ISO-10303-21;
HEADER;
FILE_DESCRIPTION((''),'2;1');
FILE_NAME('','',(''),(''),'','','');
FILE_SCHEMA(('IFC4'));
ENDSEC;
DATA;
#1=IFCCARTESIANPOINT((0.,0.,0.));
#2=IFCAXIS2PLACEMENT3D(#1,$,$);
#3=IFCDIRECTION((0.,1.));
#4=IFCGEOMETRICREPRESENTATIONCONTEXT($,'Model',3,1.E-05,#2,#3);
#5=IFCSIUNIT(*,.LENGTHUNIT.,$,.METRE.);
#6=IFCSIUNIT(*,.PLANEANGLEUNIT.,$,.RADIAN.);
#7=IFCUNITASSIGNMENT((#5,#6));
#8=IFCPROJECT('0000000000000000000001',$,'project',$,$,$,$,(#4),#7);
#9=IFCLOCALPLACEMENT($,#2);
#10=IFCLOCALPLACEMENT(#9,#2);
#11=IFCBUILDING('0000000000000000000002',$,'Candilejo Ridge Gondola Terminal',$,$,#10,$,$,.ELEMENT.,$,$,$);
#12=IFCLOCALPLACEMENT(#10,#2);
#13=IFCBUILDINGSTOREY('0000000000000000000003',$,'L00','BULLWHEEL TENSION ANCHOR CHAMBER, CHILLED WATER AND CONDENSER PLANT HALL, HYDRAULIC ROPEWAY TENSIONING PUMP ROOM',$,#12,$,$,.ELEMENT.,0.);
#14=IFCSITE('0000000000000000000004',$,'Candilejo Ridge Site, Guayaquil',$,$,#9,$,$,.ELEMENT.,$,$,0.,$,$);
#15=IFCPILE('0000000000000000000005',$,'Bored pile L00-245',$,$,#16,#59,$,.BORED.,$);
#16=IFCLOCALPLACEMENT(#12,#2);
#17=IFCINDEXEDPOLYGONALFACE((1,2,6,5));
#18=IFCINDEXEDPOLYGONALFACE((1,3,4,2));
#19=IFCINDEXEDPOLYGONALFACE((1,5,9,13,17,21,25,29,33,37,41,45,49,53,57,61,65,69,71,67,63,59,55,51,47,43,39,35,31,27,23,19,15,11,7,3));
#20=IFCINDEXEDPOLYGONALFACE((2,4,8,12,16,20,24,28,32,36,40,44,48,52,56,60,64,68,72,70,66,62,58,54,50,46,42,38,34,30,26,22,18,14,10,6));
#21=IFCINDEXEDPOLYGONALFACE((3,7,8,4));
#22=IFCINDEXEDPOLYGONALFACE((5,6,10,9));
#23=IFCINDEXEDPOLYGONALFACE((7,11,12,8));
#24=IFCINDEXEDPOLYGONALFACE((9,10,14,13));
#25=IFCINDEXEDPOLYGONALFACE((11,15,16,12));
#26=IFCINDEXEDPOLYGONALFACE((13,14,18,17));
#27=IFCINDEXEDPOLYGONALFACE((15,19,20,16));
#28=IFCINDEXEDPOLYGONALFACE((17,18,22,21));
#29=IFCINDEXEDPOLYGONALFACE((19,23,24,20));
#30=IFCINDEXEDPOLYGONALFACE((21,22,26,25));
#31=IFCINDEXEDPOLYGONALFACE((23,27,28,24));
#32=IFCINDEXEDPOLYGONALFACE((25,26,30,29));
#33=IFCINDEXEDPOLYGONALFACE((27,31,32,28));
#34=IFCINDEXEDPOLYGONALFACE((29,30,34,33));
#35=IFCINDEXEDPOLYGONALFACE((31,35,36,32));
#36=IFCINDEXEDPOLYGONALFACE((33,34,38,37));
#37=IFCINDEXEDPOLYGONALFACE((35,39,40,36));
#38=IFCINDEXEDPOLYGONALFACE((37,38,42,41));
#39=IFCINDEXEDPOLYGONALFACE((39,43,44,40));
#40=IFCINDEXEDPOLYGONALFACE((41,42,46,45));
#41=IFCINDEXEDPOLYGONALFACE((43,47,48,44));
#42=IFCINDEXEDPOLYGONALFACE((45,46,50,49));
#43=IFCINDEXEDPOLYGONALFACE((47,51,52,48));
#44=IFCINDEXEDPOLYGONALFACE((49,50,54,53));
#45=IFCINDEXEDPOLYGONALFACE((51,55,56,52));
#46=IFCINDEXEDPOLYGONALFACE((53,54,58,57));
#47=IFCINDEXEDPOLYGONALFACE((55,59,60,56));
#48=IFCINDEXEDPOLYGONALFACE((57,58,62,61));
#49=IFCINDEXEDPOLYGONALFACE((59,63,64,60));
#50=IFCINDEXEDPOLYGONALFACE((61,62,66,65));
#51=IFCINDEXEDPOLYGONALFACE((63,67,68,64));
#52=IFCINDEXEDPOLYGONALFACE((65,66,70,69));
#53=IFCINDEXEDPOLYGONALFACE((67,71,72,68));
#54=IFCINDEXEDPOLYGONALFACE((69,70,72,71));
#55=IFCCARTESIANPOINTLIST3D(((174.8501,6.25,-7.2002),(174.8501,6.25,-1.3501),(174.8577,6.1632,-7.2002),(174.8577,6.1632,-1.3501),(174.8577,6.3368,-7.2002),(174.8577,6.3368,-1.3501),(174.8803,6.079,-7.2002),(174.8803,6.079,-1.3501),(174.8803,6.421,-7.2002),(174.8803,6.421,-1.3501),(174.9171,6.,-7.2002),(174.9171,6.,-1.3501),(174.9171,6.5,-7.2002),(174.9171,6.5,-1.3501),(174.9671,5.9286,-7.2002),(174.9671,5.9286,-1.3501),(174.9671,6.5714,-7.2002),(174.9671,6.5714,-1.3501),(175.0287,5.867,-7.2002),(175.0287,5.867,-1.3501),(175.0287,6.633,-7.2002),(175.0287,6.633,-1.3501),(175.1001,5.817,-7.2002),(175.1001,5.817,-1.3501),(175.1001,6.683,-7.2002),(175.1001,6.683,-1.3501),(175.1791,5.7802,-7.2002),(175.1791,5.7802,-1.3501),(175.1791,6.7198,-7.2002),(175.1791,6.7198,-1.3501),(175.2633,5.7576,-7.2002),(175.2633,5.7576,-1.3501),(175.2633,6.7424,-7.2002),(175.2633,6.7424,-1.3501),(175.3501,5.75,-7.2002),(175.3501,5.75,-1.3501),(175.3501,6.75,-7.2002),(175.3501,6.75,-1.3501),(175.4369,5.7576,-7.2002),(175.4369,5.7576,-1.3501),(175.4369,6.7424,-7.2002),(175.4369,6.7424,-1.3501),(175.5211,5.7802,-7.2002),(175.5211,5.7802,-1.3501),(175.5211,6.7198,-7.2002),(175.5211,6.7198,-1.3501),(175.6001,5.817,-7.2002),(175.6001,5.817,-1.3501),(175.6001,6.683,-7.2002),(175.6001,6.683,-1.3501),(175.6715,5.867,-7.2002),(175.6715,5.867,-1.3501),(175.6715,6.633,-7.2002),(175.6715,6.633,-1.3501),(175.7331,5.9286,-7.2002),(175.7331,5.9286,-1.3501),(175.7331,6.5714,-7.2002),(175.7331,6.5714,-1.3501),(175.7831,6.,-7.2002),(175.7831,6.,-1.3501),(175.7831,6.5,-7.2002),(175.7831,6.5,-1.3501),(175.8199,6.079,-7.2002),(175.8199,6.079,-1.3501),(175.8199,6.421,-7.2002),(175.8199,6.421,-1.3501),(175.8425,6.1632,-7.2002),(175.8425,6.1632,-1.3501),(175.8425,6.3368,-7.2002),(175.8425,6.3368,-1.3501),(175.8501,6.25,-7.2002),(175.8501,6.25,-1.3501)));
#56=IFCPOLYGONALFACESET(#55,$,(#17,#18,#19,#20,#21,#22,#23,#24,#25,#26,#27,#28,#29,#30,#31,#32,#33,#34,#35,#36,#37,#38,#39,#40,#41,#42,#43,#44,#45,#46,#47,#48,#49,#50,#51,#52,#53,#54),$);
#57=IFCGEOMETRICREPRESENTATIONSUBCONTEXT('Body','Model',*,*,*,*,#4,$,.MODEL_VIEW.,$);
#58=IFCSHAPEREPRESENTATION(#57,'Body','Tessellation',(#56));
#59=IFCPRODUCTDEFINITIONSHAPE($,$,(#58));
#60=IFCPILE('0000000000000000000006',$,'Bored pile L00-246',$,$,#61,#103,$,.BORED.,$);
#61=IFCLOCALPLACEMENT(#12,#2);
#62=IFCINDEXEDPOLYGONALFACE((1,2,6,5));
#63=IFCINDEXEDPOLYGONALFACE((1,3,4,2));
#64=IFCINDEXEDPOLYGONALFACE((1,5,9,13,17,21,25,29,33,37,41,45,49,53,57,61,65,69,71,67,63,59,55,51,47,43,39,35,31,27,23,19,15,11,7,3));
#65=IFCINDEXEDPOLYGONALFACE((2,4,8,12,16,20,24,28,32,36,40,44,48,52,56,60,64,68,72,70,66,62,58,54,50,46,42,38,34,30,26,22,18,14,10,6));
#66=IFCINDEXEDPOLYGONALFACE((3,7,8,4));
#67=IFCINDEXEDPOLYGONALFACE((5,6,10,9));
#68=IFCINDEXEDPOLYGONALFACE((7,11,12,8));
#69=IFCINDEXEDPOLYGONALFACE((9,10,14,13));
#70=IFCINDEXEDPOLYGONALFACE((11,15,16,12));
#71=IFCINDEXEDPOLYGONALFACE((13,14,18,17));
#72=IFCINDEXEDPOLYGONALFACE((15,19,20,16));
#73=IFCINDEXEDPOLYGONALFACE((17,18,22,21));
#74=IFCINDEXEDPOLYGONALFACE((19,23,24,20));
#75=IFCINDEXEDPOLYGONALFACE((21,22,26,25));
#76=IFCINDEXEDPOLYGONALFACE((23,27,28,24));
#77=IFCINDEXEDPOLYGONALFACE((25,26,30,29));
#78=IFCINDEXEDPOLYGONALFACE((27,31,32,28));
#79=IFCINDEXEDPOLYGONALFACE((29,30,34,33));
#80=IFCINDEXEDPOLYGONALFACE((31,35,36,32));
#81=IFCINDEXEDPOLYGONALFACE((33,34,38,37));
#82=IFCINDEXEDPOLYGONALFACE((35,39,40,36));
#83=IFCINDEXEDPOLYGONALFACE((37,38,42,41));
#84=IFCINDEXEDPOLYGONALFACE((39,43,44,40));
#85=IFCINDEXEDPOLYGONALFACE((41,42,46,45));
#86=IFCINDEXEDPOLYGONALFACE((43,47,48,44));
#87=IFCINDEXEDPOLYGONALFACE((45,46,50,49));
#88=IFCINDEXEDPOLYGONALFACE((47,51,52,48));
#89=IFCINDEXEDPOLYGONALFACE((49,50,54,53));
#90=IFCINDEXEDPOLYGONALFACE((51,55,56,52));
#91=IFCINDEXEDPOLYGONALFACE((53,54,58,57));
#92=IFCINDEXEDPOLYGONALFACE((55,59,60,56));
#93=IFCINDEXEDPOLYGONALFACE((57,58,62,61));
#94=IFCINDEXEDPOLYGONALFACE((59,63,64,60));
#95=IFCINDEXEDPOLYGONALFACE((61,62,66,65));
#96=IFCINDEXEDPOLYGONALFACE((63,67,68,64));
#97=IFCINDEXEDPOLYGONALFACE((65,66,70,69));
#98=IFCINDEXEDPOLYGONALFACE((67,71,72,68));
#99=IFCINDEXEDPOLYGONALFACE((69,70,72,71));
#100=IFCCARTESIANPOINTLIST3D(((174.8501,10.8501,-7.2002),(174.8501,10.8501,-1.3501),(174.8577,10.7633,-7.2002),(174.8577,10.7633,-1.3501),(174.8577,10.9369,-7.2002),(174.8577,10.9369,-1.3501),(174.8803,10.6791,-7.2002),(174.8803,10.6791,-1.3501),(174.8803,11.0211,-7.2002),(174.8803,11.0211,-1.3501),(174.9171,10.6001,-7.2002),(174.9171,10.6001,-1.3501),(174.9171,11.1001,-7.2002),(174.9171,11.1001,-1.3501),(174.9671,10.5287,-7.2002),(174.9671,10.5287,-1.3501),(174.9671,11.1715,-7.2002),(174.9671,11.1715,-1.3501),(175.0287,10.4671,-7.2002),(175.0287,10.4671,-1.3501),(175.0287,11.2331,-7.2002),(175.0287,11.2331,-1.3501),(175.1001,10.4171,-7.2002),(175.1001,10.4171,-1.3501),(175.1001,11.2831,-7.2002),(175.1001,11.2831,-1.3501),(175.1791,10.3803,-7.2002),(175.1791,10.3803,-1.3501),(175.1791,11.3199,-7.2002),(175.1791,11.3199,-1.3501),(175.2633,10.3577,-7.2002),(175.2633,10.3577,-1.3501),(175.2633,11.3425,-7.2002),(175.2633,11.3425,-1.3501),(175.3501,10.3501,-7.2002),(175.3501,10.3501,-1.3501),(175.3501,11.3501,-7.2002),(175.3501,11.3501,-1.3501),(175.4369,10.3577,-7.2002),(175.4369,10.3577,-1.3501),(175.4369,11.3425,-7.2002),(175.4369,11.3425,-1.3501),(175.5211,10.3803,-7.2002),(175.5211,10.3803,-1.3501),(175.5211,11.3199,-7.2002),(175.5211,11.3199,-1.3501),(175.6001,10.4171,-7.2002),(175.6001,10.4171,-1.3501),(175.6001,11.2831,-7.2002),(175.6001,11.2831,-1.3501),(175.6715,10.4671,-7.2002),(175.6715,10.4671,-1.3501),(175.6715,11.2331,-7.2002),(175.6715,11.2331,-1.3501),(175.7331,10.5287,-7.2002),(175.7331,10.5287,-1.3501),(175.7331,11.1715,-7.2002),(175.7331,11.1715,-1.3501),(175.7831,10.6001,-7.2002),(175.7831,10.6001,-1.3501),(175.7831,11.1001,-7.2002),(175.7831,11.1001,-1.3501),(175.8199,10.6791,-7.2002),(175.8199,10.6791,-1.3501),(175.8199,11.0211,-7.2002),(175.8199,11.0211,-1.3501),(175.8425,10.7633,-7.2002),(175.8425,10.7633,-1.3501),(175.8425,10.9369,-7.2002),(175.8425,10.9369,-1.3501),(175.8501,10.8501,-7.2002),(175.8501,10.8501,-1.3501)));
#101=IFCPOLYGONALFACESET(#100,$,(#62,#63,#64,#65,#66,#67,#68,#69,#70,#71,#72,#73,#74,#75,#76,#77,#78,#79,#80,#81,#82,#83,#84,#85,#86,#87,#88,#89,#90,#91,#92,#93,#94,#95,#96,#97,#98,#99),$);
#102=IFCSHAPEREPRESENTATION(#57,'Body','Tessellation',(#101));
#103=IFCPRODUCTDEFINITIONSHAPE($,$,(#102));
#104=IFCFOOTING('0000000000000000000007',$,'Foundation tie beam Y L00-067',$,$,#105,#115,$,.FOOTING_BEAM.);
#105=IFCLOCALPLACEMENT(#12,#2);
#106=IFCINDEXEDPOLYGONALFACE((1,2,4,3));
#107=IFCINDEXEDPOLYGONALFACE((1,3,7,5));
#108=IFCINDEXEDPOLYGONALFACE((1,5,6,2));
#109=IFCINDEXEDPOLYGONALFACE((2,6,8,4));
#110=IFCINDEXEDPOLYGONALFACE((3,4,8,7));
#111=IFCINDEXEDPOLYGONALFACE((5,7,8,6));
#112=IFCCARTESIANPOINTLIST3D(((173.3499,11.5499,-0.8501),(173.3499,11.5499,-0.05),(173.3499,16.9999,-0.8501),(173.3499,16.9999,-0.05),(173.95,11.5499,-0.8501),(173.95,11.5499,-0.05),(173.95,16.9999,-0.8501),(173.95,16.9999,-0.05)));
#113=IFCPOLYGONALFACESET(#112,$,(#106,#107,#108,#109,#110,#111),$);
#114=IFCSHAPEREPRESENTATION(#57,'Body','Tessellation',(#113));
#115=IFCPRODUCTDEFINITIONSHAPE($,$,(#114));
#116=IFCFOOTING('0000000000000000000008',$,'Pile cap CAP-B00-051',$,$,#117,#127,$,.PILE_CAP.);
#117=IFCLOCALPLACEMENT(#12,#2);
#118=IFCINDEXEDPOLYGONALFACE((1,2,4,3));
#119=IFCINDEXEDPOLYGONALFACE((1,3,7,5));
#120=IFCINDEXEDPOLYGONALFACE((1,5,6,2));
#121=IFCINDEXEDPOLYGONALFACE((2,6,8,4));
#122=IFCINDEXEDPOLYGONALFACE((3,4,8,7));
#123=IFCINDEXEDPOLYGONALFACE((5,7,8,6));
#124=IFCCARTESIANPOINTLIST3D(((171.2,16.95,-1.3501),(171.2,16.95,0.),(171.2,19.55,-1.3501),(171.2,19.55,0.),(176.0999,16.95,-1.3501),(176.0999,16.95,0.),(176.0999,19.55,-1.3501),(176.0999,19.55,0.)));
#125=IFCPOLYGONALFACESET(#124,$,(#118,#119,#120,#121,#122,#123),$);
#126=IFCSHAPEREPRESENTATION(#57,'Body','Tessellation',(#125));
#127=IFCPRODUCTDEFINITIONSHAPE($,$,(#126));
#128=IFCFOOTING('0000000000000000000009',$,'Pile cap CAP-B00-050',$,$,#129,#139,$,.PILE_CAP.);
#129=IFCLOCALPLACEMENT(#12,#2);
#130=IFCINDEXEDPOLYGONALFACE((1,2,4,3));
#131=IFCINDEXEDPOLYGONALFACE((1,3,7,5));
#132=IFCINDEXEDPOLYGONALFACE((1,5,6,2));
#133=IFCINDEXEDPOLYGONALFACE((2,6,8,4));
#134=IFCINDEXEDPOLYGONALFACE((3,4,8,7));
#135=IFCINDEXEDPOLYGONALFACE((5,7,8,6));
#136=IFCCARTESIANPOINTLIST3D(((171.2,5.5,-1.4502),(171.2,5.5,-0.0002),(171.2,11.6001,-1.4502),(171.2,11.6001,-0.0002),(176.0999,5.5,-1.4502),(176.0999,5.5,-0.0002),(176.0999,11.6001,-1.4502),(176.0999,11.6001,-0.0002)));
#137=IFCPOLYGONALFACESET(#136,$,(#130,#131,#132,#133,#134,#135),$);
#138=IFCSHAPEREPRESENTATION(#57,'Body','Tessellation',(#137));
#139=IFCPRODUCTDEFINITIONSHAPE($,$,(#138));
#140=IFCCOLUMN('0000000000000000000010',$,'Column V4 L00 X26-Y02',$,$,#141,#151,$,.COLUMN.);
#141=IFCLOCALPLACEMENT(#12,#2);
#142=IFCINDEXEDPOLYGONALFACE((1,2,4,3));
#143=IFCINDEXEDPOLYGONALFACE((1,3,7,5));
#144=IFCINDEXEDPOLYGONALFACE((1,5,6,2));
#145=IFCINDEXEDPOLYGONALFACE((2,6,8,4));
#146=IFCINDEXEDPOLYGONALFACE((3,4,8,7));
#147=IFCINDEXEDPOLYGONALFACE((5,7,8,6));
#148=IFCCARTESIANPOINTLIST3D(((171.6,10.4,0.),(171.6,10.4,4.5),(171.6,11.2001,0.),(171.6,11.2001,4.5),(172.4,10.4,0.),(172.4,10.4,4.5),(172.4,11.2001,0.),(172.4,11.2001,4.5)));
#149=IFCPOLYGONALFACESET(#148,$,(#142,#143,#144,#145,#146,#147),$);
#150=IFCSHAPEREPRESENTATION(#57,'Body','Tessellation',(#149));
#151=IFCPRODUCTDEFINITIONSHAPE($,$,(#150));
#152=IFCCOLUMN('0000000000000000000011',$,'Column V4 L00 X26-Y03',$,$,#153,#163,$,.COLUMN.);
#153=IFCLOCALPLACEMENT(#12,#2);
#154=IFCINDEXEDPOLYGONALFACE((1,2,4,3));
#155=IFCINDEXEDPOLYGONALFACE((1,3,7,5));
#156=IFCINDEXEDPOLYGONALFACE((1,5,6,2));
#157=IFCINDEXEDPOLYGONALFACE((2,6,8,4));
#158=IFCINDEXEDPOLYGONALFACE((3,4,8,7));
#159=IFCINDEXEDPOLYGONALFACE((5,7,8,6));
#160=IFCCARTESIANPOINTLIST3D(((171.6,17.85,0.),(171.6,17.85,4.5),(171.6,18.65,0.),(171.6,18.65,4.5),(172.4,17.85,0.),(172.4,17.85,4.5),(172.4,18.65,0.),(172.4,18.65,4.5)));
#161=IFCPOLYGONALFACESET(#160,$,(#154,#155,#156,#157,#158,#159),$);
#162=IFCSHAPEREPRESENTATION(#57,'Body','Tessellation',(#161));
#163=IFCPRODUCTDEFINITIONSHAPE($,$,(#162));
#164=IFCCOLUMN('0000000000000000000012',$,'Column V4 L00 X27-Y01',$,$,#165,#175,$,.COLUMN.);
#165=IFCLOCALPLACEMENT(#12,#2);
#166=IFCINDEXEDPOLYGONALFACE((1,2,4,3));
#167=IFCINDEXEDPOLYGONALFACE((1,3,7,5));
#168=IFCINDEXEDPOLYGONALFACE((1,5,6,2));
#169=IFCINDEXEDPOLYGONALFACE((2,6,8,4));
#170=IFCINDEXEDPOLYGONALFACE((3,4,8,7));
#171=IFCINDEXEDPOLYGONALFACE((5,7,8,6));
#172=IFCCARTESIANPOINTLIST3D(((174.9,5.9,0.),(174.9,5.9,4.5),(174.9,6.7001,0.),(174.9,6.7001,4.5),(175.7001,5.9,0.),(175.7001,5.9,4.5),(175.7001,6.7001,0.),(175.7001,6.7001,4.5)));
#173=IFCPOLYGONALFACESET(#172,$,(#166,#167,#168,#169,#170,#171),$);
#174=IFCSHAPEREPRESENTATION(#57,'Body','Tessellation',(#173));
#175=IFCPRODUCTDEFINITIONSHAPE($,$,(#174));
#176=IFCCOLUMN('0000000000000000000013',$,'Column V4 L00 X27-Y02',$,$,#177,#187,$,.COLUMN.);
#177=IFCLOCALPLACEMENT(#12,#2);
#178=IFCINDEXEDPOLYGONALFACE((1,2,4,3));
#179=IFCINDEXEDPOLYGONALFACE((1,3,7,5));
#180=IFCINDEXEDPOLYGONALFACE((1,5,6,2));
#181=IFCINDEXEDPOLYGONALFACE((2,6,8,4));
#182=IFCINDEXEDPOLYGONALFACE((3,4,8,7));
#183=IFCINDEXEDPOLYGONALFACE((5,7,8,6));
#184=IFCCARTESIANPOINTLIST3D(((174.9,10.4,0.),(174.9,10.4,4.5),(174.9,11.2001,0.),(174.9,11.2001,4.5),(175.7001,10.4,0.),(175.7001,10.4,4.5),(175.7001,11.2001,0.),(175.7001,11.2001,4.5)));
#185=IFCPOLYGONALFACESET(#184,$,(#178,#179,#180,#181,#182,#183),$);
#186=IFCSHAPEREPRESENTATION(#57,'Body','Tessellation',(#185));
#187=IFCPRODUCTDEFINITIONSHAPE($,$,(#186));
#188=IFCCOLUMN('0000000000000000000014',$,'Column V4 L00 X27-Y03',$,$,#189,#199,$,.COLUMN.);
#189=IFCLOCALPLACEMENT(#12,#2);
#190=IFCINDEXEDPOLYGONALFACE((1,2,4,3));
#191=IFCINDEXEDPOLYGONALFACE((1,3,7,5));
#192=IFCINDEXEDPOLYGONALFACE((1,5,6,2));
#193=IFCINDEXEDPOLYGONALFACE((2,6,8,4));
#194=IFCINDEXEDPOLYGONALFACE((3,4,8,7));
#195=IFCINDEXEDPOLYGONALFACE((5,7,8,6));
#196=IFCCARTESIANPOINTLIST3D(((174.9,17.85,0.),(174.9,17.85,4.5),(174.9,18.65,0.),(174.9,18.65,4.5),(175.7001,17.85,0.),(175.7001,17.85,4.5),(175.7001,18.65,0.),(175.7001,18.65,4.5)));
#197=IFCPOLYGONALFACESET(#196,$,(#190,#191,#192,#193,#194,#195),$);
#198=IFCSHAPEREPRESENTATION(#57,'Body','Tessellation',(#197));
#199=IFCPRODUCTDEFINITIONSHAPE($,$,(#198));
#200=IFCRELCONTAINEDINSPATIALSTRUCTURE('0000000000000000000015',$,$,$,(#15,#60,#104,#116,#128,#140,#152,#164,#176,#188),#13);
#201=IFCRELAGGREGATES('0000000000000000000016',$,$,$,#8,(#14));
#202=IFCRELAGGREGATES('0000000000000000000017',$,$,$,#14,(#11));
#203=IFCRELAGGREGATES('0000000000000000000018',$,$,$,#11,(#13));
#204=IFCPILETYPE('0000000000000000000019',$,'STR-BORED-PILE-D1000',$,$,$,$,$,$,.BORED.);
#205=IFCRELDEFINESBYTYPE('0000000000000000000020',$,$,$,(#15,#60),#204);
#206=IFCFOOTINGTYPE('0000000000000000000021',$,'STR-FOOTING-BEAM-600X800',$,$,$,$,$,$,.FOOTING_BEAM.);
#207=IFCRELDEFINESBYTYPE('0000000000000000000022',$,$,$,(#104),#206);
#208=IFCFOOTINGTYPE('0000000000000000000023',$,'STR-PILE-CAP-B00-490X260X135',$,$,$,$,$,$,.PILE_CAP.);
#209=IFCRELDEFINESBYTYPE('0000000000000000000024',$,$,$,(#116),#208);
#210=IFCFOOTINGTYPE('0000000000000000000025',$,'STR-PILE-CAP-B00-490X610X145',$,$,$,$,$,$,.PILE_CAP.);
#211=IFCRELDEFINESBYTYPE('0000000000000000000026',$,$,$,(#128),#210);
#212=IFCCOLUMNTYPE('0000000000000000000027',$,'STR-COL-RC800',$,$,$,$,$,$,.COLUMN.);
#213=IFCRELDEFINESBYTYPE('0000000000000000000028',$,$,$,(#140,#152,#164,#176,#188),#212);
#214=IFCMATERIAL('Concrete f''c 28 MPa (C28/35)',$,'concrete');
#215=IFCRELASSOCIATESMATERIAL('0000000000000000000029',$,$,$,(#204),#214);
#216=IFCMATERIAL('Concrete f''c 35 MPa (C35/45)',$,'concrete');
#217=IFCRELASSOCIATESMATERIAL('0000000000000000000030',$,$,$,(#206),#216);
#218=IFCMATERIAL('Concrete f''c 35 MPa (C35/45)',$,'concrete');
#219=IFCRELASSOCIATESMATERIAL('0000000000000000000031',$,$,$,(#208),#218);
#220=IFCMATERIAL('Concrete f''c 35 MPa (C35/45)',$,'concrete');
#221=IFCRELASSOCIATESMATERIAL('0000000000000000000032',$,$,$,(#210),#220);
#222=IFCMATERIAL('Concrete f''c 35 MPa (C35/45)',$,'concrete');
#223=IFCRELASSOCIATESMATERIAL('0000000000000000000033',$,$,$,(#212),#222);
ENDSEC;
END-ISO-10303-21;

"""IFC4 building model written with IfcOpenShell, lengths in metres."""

from ifc_helpers import new_model, si_unit, direction, frame, origin, origin_2d, place, context, subcontext, project, spatial, rectangle, circle, extrude, material, material_profile, profile_set, type_object, element, save


model = new_model("IFC4")

# Units and contexts
model_context = context("Model", 3, precision=1e-05, world=origin(), true_north=direction((0.0, 1.0)))
body_context = subcontext(model_context, "Body", "Model", "MODEL_VIEW")
ifc_project = project(units=[si_unit("LENGTHUNIT", "METRE"), si_unit("PLANEANGLEUNIT", "RADIAN")], contexts=[model_context])

# Site, building, storey
site_placement = place(None, origin())
site = spatial("IfcSite", under=ifc_project, at=site_placement, Name="Candilejo Ridge Site, Guayaquil", CompositionType="ELEMENT", RefElevation=0.0)
building_placement = place(site_placement, origin())
building = spatial("IfcBuilding", under=site, at=building_placement, Name="Candilejo Ridge Gondola Terminal", CompositionType="ELEMENT")
storey_placement = place(building_placement, origin())
storey = spatial("IfcBuildingStorey", under=building, at=storey_placement, Name="L00", Description="BULLWHEEL TENSION ANCHOR CHAMBER, CHILLED WATER AND CONDENSER PLANT HALL, HYDRAULIC ROPEWAY TENSIONING PUMP ROOM", CompositionType="ELEMENT", Elevation=0.0)

# Piles
ifc_material_1 = material(Name="Concrete f'c 28 MPa (C28/35)", Category="concrete")
ifc_material_profile_1 = material_profile(ifc_material_1, circle(Radius=0.5, at=origin_2d()))
ifc_profile_set_1 = profile_set([ifc_material_profile_1], Name="Concrete f'c 28 MPa (C28/35)")
pile_type = type_object("IfcPileType", Name="STR-BORED-PILE-D1000", PredefinedType="BORED", material=ifc_profile_set_1)
for number, where, z_axis, x_axis, name in (
    (1, (175.3501, 6.25, -1.3501), (0.0, 0.0, -1.0), (1.0, 0.0, 0.0), "Bored pile L00-245"),
    (2, (175.3501, 10.8501, -1.3501), (0.0, 0.0, -1.0), (1.0, 0.0, 0.0), "Bored pile L00-246"),
):
    element("IfcPile", number, at=place(storey_placement, frame(where, z_axis=z_axis, x_axis=x_axis)), inside=storey, type_object=pile_type, Name=name, PredefinedType="BORED", context=body_context, shape_type="SweptSolid", body=[
        extrude(circle(Radius=0.5, at=origin_2d()), origin(), (0.0, 0.0, 1.0), 5.8501),
    ])

# Footings
ifc_material_2 = material(Name="Concrete f'c 35 MPa (C35/45)", Category="concrete")
footing_type_1 = type_object("IfcFootingType", Name="STR-FOOTING-BEAM-600X800", PredefinedType="FOOTING_BEAM", material=ifc_material_2)
footing_1_placement = place(storey_placement, frame((173.6499, 14.2749, -0.8501), z_axis=(0.0, 0.0, 1.0), x_axis=(1.0, 0.0, 0.0)))
element("IfcFooting", 3, at=footing_1_placement, inside=storey, type_object=footing_type_1, Name="Foundation tie beam Y L00-067", PredefinedType="FOOTING_BEAM", context=body_context, shape_type="SweptSolid", body=[
    extrude(rectangle(XDim=0.6001, YDim=5.45, at=origin_2d()), origin(), (0.0, 0.0, 1.0), 0.8),
])
ifc_material_3 = material(Name="Concrete f'c 35 MPa (C35/45)", Category="concrete")
footing_type_2 = type_object("IfcFootingType", Name="STR-PILE-CAP-B00-490X260X135", PredefinedType="PILE_CAP", material=ifc_material_3)
footing_2_placement = place(storey_placement, frame((173.6499, 18.25, -1.3501), z_axis=(0.0, 0.0, 1.0), x_axis=(1.0, 0.0, 0.0)))
element("IfcFooting", 4, at=footing_2_placement, inside=storey, type_object=footing_type_2, Name="Pile cap CAP-B00-051", PredefinedType="PILE_CAP", context=body_context, shape_type="SweptSolid", body=[
    extrude(rectangle(XDim=4.8999, YDim=2.6001, at=origin_2d()), origin(), (0.0, 0.0, 1.0), 1.3501),
])
ifc_material_4 = material(Name="Concrete f'c 35 MPa (C35/45)", Category="concrete")
footing_type_3 = type_object("IfcFootingType", Name="STR-PILE-CAP-B00-490X610X145", PredefinedType="PILE_CAP", material=ifc_material_4)
footing_3_placement = place(storey_placement, frame((173.6499, 8.55, -1.4502), z_axis=(0.0, 0.0, 1.0), x_axis=(1.0, 0.0, 0.0)))
element("IfcFooting", 5, at=footing_3_placement, inside=storey, type_object=footing_type_3, Name="Pile cap CAP-B00-050", PredefinedType="PILE_CAP", context=body_context, shape_type="SweptSolid", body=[
    extrude(rectangle(XDim=4.8999, YDim=6.1001, at=origin_2d()), origin(), (0.0, 0.0, 1.0), 1.45),
])

# Columns
ifc_material_5 = material(Name="Concrete f'c 35 MPa (C35/45)", Category="concrete")
ifc_material_profile_2 = material_profile(ifc_material_5, rectangle(XDim=0.8, YDim=0.8, at=origin_2d()))
ifc_profile_set_2 = profile_set([ifc_material_profile_2], Name="Concrete f'c 35 MPa (C35/45)")
column_type = type_object("IfcColumnType", Name="STR-COL-RC800", PredefinedType="COLUMN", material=ifc_profile_set_2)
for number, where, z_axis, x_axis, name in (
    (6, (172.0, 10.8, 0.0), (0.0, 0.0, 1.0), (1.0, 0.0, 0.0), "Column V4 L00 X26-Y02"),
    (7, (172.0, 18.25, 0.0), (0.0, 0.0, 1.0), (1.0, 0.0, 0.0), "Column V4 L00 X26-Y03"),
    (8, (175.3, 6.3, 0.0), (0.0, 0.0, 1.0), (1.0, 0.0, 0.0), "Column V4 L00 X27-Y01"),
    (9, (175.3, 10.8, 0.0), (0.0, 0.0, 1.0), (1.0, 0.0, 0.0), "Column V4 L00 X27-Y02"),
    (10, (175.3, 18.25, 0.0), (0.0, 0.0, 1.0), (1.0, 0.0, 0.0), "Column V4 L00 X27-Y03"),
):
    element("IfcColumn", number, at=place(storey_placement, frame(where, z_axis=z_axis, x_axis=x_axis)), inside=storey, type_object=column_type, Name=name, PredefinedType="COLUMN", context=body_context, shape_type="SweptSolid", body=[
        extrude(rectangle(XDim=0.8, YDim=0.8, at=origin_2d()), origin(), (0.0, 0.0, 1.0), 4.5),
    ])

save(model, "model.ifc")
